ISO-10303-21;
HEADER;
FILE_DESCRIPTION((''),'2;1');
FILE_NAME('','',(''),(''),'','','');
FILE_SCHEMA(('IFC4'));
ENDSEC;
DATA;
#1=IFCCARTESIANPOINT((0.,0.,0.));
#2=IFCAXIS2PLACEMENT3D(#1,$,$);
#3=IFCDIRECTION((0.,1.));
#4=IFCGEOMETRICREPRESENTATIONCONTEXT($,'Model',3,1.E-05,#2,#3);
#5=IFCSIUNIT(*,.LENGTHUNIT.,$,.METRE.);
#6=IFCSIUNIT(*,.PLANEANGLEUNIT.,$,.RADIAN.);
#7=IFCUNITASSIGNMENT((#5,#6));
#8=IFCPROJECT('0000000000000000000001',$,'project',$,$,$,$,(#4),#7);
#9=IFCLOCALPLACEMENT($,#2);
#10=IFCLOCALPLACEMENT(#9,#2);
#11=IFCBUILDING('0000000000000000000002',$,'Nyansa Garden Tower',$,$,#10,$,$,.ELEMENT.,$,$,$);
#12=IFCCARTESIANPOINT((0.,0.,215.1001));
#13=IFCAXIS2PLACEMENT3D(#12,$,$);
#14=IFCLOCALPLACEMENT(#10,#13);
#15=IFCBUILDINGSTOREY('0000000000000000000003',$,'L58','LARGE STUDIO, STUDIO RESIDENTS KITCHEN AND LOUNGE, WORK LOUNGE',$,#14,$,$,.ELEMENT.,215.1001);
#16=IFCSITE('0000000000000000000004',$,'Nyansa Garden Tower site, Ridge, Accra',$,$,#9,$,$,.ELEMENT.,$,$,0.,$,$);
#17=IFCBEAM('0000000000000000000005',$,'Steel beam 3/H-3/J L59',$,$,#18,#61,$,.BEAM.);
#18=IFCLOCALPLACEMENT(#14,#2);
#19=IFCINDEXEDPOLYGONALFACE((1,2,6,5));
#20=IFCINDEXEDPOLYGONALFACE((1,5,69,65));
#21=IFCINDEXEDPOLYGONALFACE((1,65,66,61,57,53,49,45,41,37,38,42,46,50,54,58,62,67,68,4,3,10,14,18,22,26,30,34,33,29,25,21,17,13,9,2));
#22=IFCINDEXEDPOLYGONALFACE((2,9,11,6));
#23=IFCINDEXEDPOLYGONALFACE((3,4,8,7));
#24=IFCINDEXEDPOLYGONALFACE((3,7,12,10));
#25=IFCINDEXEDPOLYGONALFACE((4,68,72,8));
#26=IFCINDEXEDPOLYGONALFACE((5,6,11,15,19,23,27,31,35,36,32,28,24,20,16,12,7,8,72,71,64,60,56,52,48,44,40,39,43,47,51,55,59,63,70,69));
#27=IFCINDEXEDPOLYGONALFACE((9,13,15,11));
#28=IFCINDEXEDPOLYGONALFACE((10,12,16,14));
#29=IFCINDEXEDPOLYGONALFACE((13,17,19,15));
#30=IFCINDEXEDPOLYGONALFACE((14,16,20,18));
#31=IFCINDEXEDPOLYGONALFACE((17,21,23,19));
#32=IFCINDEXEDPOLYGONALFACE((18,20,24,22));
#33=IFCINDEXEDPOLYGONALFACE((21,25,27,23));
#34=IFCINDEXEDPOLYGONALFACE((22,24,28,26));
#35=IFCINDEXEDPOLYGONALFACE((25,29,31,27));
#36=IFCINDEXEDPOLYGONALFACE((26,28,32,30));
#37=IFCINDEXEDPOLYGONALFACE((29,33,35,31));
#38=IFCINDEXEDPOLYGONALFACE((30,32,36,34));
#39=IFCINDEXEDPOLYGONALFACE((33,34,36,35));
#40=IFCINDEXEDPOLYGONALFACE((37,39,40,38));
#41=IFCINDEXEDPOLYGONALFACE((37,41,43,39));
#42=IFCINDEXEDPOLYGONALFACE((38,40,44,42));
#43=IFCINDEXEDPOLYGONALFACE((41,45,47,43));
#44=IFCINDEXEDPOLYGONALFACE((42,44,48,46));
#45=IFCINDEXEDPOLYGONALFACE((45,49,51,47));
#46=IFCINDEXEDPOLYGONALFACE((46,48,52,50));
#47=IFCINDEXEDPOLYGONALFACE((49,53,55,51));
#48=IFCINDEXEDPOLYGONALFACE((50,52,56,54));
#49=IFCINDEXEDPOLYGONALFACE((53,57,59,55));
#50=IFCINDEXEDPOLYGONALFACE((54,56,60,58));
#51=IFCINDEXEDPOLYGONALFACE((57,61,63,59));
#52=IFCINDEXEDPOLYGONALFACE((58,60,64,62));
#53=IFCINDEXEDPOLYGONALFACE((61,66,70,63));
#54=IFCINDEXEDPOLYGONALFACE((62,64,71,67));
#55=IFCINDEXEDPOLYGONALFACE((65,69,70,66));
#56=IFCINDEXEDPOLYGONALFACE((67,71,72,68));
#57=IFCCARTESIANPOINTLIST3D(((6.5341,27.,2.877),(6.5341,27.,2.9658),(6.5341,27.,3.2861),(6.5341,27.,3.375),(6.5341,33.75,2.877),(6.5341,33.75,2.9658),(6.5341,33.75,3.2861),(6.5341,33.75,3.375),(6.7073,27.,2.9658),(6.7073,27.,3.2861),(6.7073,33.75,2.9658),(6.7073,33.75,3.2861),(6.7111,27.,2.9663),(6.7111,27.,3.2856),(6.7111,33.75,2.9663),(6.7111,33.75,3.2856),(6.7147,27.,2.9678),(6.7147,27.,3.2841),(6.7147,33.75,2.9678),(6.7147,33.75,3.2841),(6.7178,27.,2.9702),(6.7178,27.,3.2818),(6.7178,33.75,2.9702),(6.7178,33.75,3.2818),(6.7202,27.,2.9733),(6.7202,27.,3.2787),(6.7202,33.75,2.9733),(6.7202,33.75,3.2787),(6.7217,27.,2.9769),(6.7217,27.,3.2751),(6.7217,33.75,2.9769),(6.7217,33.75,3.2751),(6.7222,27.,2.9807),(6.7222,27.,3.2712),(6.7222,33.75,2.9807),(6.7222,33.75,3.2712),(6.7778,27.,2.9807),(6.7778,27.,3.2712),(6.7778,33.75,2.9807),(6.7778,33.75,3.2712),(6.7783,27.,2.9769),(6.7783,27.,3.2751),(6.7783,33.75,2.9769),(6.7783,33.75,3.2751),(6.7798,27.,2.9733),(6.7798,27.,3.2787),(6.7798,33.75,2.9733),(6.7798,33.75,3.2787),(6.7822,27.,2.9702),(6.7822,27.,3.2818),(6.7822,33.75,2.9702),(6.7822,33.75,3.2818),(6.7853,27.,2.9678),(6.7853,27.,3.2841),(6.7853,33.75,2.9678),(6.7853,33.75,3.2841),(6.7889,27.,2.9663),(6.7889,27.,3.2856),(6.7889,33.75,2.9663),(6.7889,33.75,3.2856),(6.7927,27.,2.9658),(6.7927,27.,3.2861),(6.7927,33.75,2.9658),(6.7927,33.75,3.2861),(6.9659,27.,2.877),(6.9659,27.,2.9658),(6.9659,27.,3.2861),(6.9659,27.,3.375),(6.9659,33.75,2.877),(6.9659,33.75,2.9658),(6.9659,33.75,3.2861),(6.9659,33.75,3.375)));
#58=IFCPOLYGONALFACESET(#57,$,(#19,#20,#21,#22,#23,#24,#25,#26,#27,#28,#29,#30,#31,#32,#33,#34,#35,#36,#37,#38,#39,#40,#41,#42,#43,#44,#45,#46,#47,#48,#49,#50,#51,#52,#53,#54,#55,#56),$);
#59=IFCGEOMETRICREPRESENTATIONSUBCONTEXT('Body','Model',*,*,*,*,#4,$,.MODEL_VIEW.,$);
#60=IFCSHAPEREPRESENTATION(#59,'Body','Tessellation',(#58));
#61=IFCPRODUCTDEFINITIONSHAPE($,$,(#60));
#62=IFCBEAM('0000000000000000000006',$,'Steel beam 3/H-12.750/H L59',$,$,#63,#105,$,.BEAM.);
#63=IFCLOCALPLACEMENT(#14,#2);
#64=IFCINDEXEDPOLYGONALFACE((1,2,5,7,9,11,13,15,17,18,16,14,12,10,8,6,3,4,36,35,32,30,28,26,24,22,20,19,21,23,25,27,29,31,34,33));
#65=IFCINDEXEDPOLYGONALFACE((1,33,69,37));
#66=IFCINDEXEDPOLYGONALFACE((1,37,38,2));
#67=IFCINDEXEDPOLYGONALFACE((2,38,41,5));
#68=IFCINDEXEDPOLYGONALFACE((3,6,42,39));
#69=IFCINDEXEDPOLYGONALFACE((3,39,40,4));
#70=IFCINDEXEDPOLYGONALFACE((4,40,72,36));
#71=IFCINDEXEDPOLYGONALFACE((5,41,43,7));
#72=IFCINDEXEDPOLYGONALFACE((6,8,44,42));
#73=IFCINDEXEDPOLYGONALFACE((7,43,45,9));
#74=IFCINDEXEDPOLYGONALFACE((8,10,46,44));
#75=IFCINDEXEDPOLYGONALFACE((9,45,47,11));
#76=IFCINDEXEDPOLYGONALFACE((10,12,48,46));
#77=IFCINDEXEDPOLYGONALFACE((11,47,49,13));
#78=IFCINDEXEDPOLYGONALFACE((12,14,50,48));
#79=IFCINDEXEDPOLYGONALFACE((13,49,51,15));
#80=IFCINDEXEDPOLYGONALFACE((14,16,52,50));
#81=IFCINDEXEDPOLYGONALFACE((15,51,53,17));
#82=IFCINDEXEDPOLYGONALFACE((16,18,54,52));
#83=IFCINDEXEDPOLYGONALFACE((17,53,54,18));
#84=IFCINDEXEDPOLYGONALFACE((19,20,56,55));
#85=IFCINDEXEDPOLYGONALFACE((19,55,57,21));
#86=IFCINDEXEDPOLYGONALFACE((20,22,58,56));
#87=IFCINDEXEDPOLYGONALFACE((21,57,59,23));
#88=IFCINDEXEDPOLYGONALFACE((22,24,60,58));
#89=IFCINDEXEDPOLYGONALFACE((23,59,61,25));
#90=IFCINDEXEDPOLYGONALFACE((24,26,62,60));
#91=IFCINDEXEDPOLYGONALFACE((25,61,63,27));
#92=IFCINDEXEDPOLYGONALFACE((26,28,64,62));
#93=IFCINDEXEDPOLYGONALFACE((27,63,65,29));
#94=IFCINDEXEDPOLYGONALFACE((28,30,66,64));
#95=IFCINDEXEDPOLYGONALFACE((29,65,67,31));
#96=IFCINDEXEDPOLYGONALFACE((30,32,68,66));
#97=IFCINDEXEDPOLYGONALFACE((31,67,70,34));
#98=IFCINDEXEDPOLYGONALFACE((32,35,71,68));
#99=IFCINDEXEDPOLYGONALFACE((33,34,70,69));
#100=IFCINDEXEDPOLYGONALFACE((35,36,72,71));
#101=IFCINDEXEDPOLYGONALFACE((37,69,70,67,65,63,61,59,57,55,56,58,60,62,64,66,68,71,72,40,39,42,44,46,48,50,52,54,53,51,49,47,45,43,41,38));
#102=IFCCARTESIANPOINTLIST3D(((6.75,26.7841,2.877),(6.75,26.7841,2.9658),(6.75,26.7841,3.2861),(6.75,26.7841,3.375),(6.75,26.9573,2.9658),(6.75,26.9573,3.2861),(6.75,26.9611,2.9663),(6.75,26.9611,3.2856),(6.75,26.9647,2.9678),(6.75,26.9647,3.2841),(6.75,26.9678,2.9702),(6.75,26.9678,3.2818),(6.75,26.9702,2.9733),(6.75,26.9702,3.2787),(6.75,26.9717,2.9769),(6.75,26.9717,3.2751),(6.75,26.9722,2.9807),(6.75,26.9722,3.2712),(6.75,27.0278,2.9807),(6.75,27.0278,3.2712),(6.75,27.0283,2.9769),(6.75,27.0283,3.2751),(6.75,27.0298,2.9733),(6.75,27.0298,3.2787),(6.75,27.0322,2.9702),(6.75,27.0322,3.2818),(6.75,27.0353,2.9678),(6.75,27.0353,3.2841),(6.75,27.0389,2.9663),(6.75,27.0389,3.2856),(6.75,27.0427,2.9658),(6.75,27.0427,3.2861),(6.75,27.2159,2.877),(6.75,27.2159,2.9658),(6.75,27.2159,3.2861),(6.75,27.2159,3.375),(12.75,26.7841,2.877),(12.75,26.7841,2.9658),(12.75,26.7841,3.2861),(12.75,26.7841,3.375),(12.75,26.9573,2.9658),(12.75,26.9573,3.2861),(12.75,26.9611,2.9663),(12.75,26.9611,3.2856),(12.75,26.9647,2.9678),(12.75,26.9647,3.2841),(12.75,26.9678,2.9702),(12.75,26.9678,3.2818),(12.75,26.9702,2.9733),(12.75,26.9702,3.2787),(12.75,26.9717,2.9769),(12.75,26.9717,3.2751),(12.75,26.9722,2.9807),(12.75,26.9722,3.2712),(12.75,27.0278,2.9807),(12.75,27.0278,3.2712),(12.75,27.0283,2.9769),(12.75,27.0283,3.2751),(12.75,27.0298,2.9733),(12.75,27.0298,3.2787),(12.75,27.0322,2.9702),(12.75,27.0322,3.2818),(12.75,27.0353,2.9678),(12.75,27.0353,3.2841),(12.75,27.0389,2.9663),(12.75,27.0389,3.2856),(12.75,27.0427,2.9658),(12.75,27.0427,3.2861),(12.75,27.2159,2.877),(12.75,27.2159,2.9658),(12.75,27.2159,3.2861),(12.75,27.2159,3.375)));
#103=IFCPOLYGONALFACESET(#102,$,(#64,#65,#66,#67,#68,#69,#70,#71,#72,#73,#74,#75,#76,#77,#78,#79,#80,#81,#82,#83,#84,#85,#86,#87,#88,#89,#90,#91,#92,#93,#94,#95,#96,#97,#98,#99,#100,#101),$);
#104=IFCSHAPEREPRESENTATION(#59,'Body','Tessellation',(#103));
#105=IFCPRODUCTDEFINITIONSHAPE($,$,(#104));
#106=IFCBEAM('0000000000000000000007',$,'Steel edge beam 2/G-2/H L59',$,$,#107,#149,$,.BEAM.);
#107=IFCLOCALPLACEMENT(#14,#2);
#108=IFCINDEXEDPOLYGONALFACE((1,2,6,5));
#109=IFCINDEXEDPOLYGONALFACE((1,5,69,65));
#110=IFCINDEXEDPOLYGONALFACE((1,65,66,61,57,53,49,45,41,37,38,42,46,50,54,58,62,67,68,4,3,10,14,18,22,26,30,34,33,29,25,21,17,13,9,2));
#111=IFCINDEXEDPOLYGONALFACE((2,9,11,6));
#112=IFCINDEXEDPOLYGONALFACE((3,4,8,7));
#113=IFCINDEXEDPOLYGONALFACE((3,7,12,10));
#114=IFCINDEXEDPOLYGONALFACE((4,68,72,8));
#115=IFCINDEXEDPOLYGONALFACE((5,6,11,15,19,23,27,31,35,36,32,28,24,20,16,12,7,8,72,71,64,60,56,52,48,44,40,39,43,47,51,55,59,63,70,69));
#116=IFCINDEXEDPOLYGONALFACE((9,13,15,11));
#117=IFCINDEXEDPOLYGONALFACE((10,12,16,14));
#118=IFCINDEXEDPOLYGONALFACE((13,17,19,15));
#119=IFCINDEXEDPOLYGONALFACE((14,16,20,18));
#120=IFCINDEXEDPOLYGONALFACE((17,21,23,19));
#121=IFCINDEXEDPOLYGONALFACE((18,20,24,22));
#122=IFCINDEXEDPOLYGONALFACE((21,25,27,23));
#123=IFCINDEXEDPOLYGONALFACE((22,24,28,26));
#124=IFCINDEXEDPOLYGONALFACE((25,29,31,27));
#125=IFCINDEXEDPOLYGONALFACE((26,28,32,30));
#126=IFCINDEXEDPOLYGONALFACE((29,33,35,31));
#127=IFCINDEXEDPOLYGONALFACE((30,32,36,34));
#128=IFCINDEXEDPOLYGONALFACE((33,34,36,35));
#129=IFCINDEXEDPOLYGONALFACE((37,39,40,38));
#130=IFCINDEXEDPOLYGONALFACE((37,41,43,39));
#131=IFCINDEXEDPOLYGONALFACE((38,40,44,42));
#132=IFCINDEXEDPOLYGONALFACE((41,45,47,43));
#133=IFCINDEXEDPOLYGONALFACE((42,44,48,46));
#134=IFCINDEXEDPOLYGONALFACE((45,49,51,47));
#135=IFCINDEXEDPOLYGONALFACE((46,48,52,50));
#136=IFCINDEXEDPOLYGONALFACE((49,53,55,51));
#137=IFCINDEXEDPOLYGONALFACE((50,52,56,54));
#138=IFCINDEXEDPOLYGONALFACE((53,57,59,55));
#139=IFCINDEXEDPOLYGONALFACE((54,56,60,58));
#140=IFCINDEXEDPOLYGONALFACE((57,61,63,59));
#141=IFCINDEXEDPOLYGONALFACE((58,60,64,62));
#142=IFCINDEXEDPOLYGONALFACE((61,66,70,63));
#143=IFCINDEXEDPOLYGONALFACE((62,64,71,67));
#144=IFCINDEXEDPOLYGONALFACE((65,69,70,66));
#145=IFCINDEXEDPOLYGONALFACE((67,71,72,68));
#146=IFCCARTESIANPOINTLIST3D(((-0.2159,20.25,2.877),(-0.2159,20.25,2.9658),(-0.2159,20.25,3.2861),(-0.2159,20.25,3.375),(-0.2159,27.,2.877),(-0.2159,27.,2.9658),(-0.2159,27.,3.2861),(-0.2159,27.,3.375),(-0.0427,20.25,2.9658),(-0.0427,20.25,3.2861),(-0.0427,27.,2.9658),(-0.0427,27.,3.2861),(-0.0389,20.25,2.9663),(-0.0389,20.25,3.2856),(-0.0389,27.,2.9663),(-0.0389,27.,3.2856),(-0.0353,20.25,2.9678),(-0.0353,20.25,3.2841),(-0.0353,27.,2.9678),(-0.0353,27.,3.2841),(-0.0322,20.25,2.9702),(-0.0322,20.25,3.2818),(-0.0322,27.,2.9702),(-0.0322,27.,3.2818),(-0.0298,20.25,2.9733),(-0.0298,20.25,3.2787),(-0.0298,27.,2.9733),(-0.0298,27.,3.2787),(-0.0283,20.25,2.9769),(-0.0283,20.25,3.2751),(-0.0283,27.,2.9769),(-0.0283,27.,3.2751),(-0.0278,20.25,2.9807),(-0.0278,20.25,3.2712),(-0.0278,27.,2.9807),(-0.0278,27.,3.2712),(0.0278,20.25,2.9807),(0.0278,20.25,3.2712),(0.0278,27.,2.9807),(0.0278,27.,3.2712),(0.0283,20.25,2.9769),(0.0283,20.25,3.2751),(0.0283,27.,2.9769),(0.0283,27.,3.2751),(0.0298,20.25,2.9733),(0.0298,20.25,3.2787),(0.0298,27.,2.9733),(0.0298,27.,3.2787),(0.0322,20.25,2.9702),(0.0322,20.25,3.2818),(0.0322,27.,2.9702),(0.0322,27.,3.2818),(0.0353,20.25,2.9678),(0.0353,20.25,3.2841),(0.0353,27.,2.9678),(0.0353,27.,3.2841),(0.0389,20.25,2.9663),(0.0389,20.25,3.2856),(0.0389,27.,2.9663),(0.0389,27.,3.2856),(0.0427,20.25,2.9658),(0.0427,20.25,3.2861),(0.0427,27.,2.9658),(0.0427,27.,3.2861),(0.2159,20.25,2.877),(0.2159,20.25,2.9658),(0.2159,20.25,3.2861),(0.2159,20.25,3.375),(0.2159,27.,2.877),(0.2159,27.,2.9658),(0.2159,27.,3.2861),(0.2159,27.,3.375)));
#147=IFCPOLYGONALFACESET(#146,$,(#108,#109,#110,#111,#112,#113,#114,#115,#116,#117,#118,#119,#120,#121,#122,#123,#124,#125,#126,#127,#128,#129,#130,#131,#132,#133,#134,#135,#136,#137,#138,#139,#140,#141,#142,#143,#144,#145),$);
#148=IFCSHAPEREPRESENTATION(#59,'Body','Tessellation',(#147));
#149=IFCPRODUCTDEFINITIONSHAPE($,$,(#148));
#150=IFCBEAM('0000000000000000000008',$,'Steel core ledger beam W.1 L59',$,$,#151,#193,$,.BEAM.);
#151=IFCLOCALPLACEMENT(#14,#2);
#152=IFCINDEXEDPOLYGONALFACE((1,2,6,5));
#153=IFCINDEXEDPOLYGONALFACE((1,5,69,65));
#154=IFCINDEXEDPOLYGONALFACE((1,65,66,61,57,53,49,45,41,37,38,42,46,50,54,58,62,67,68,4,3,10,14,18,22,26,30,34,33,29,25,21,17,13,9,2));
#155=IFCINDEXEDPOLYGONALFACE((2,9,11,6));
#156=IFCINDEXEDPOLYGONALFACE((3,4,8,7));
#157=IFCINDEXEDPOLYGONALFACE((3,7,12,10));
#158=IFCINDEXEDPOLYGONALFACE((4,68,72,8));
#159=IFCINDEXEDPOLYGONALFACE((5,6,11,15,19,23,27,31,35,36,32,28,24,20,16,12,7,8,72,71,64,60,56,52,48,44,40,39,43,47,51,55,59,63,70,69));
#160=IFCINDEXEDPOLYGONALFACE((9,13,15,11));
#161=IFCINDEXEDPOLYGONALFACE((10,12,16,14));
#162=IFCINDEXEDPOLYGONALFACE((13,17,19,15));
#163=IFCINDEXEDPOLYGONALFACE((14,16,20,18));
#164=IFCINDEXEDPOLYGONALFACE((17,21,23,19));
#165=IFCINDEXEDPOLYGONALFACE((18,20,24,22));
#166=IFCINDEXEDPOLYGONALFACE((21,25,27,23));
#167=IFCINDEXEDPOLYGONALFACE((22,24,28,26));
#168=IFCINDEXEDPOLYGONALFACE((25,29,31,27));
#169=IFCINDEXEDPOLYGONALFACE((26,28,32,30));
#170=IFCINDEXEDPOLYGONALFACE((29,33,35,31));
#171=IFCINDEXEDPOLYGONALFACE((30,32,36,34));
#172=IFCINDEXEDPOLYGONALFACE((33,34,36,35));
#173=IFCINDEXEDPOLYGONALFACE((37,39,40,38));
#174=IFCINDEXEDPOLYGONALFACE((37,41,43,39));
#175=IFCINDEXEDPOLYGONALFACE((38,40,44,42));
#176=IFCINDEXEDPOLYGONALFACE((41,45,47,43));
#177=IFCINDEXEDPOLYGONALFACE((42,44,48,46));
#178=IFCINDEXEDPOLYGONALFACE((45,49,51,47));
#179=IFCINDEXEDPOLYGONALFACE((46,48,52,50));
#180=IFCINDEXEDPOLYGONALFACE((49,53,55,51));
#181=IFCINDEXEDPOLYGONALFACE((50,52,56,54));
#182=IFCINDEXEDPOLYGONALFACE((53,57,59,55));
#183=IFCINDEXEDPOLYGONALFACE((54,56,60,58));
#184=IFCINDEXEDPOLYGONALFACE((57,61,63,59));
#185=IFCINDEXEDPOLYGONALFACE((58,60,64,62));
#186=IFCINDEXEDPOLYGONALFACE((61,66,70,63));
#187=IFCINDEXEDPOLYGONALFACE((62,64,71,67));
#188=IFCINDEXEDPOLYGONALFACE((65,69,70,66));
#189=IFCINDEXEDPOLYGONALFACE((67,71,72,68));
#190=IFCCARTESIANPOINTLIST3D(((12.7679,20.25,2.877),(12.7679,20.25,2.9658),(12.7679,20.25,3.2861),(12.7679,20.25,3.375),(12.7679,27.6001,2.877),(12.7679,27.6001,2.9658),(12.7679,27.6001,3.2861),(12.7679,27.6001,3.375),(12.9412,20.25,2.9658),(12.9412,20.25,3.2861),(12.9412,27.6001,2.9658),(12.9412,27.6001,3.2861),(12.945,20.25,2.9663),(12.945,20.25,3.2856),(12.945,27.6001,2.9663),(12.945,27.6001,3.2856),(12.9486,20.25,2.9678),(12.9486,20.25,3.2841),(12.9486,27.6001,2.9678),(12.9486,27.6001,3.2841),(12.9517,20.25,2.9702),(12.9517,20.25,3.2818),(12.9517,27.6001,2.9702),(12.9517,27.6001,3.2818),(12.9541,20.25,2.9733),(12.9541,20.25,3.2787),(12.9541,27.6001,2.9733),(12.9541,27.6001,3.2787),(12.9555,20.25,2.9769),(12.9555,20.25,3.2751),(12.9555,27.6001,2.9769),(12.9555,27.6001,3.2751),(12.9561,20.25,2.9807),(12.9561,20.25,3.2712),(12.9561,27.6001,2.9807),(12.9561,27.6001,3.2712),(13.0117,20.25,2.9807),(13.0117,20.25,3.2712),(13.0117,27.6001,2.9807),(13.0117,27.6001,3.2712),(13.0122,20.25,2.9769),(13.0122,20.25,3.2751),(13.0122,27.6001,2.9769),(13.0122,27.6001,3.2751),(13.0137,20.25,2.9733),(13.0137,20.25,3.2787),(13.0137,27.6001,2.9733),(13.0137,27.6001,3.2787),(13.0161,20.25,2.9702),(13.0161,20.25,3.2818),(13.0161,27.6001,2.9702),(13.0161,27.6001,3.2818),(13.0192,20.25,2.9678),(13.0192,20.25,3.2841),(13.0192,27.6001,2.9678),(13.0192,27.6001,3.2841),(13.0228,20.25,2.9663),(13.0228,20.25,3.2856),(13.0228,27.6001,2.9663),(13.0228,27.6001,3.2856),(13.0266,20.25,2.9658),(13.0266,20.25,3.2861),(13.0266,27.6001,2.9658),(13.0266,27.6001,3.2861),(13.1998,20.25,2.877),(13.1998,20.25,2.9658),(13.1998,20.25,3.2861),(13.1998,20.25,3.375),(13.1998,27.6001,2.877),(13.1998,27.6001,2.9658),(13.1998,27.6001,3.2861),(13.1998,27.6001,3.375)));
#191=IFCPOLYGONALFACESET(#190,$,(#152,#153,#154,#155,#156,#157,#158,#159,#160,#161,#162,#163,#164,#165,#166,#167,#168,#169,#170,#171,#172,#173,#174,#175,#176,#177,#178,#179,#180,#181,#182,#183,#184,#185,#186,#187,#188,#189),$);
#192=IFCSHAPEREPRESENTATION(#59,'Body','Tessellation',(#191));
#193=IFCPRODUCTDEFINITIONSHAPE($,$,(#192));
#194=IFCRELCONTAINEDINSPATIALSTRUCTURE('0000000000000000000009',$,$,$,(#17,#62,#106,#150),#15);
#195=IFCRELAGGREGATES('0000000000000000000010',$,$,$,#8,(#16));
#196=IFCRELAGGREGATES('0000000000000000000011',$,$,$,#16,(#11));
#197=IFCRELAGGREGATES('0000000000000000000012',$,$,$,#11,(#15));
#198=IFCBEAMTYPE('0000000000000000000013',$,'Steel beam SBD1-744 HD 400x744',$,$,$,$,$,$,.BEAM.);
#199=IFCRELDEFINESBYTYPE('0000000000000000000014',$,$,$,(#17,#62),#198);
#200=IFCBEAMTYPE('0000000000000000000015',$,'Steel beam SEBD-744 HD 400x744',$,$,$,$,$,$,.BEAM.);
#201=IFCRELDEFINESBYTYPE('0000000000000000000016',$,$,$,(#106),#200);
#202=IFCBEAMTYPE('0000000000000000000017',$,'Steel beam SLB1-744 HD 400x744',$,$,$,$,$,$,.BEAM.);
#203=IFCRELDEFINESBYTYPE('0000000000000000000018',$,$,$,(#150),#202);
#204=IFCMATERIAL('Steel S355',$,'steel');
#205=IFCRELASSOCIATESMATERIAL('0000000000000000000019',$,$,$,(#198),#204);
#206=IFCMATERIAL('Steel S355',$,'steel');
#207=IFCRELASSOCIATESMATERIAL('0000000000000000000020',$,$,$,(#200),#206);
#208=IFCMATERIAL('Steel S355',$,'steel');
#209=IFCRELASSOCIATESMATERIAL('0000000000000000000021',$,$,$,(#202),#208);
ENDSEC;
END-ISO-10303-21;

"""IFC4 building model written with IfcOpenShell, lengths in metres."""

from ifc_helpers import new_model, si_unit, direction, frame, origin, origin_2d, place, context, subcontext, project, spatial, i_section, extrude, material, material_profile, profile_set, type_object, element, save


model = new_model("IFC4")

# Units and contexts
model_context = context("Model", 3, precision=1e-05, world=origin(), true_north=direction((0.0, 1.0)))
body_context = subcontext(model_context, "Body", "Model", "MODEL_VIEW")
ifc_project = project(units=[si_unit("LENGTHUNIT", "METRE"), si_unit("PLANEANGLEUNIT", "RADIAN")], contexts=[model_context])

# Site, building, storey
site_placement = place(None, origin())
site = spatial("IfcSite", under=ifc_project, at=site_placement, Name="Nyansa Garden Tower site, Ridge, Accra", CompositionType="ELEMENT", RefElevation=0.0)
building_placement = place(site_placement, origin())
building = spatial("IfcBuilding", under=site, at=building_placement, Name="Nyansa Garden Tower", CompositionType="ELEMENT")
storey_placement = place(building_placement, frame((0.0, 0.0, 215.1001)))
storey = spatial("IfcBuildingStorey", under=building, at=storey_placement, Name="L58", Description="LARGE STUDIO, STUDIO RESIDENTS KITCHEN AND LOUNGE, WORK LOUNGE", CompositionType="ELEMENT", Elevation=215.1001)

# Beams
ifc_material_1 = material(Name="Steel S355", Category="steel")
ifc_material_profile_1 = material_profile(ifc_material_1, i_section(OverallWidth=0.4319, OverallDepth=0.498, WebThickness=0.0557, FlangeThickness=0.0889, FilletRadius=0.0149, at=origin_2d()), Name="HD 400x744")
ifc_profile_set_1 = profile_set([ifc_material_profile_1], Name="Steel S355")
beam_type_1 = type_object("IfcBeamType", Name="Steel beam SBD1-744 HD 400x744", PredefinedType="BEAM", material=ifc_profile_set_1)
beam_1_placement = place(storey_placement, frame((6.75, 27.0, 3.126), z_axis=(0.0, 1.0, 0.0), x_axis=(-1.0, 0.0, 0.0)))
element("IfcBeam", 1, at=beam_1_placement, inside=storey, type_object=beam_type_1, Name="Steel beam 3/H-3/J L59", PredefinedType="BEAM", context=body_context, shape_type="SweptSolid", body=[
    extrude(i_section(OverallWidth=0.4319, OverallDepth=0.498, WebThickness=0.0557, FlangeThickness=0.0889, FilletRadius=0.0149, at=origin_2d()), origin(), (0.0, 0.0, 1.0), 6.75),
])
beam_2_placement = place(storey_placement, frame((6.75, 27.0, 3.126), z_axis=(1.0, 0.0, 0.0), x_axis=(0.0, 1.0, 0.0)))
element("IfcBeam", 2, at=beam_2_placement, inside=storey, type_object=beam_type_1, Name="Steel beam 3/H-12.750/H L59", PredefinedType="BEAM", context=body_context, shape_type="SweptSolid", body=[
    extrude(i_section(OverallWidth=0.4319, OverallDepth=0.498, WebThickness=0.0557, FlangeThickness=0.0889, FilletRadius=0.0149, at=origin_2d()), origin(), (0.0, 0.0, 1.0), 6.0),
])
ifc_material_2 = material(Name="Steel S355", Category="steel")
ifc_material_profile_2 = material_profile(ifc_material_2, i_section(OverallWidth=0.4319, OverallDepth=0.498, WebThickness=0.0557, FlangeThickness=0.0889, FilletRadius=0.0149, at=origin_2d()), Name="HD 400x744")
ifc_profile_set_2 = profile_set([ifc_material_profile_2], Name="Steel S355")
beam_type_2 = type_object("IfcBeamType", Name="Steel beam SEBD-744 HD 400x744", PredefinedType="BEAM", material=ifc_profile_set_2)
beam_3_placement = place(storey_placement, frame((0.0, 20.25, 3.126), z_axis=(0.0, 1.0, 0.0), x_axis=(-1.0, 0.0, 0.0)))
element("IfcBeam", 3, at=beam_3_placement, inside=storey, type_object=beam_type_2, Name="Steel edge beam 2/G-2/H L59", PredefinedType="BEAM", context=body_context, shape_type="SweptSolid", body=[
    extrude(i_section(OverallWidth=0.4319, OverallDepth=0.498, WebThickness=0.0557, FlangeThickness=0.0889, FilletRadius=0.0149, at=origin_2d()), origin(), (0.0, 0.0, 1.0), 6.75),
])
ifc_material_3 = material(Name="Steel S355", Category="steel")
ifc_material_profile_3 = material_profile(ifc_material_3, i_section(OverallWidth=0.4319, OverallDepth=0.498, WebThickness=0.0557, FlangeThickness=0.0889, FilletRadius=0.0149, at=origin_2d()), Name="HD 400x744")
ifc_profile_set_3 = profile_set([ifc_material_profile_3], Name="Steel S355")
beam_type_3 = type_object("IfcBeamType", Name="Steel beam SLB1-744 HD 400x744", PredefinedType="BEAM", material=ifc_profile_set_3)
for number, where, z_axis, x_axis, name in (
    (4, (12.9839, 27.6001, 3.126), (0.0, -1.0, 0.0), (1.0, 0.0, 0.0), "Steel core ledger beam W.1 L59"),
):
    element("IfcBeam", number, at=place(storey_placement, frame(where, z_axis=z_axis, x_axis=x_axis)), inside=storey, type_object=beam_type_3, Name=name, PredefinedType="BEAM", context=body_context, shape_type="SweptSolid", body=[
        extrude(i_section(OverallWidth=0.4319, OverallDepth=0.498, WebThickness=0.0557, FlangeThickness=0.0889, FilletRadius=0.0149, at=origin_2d()), origin(), (0.0, 0.0, 1.0), 7.3501),
    ])

save(model, "model.ifc")
